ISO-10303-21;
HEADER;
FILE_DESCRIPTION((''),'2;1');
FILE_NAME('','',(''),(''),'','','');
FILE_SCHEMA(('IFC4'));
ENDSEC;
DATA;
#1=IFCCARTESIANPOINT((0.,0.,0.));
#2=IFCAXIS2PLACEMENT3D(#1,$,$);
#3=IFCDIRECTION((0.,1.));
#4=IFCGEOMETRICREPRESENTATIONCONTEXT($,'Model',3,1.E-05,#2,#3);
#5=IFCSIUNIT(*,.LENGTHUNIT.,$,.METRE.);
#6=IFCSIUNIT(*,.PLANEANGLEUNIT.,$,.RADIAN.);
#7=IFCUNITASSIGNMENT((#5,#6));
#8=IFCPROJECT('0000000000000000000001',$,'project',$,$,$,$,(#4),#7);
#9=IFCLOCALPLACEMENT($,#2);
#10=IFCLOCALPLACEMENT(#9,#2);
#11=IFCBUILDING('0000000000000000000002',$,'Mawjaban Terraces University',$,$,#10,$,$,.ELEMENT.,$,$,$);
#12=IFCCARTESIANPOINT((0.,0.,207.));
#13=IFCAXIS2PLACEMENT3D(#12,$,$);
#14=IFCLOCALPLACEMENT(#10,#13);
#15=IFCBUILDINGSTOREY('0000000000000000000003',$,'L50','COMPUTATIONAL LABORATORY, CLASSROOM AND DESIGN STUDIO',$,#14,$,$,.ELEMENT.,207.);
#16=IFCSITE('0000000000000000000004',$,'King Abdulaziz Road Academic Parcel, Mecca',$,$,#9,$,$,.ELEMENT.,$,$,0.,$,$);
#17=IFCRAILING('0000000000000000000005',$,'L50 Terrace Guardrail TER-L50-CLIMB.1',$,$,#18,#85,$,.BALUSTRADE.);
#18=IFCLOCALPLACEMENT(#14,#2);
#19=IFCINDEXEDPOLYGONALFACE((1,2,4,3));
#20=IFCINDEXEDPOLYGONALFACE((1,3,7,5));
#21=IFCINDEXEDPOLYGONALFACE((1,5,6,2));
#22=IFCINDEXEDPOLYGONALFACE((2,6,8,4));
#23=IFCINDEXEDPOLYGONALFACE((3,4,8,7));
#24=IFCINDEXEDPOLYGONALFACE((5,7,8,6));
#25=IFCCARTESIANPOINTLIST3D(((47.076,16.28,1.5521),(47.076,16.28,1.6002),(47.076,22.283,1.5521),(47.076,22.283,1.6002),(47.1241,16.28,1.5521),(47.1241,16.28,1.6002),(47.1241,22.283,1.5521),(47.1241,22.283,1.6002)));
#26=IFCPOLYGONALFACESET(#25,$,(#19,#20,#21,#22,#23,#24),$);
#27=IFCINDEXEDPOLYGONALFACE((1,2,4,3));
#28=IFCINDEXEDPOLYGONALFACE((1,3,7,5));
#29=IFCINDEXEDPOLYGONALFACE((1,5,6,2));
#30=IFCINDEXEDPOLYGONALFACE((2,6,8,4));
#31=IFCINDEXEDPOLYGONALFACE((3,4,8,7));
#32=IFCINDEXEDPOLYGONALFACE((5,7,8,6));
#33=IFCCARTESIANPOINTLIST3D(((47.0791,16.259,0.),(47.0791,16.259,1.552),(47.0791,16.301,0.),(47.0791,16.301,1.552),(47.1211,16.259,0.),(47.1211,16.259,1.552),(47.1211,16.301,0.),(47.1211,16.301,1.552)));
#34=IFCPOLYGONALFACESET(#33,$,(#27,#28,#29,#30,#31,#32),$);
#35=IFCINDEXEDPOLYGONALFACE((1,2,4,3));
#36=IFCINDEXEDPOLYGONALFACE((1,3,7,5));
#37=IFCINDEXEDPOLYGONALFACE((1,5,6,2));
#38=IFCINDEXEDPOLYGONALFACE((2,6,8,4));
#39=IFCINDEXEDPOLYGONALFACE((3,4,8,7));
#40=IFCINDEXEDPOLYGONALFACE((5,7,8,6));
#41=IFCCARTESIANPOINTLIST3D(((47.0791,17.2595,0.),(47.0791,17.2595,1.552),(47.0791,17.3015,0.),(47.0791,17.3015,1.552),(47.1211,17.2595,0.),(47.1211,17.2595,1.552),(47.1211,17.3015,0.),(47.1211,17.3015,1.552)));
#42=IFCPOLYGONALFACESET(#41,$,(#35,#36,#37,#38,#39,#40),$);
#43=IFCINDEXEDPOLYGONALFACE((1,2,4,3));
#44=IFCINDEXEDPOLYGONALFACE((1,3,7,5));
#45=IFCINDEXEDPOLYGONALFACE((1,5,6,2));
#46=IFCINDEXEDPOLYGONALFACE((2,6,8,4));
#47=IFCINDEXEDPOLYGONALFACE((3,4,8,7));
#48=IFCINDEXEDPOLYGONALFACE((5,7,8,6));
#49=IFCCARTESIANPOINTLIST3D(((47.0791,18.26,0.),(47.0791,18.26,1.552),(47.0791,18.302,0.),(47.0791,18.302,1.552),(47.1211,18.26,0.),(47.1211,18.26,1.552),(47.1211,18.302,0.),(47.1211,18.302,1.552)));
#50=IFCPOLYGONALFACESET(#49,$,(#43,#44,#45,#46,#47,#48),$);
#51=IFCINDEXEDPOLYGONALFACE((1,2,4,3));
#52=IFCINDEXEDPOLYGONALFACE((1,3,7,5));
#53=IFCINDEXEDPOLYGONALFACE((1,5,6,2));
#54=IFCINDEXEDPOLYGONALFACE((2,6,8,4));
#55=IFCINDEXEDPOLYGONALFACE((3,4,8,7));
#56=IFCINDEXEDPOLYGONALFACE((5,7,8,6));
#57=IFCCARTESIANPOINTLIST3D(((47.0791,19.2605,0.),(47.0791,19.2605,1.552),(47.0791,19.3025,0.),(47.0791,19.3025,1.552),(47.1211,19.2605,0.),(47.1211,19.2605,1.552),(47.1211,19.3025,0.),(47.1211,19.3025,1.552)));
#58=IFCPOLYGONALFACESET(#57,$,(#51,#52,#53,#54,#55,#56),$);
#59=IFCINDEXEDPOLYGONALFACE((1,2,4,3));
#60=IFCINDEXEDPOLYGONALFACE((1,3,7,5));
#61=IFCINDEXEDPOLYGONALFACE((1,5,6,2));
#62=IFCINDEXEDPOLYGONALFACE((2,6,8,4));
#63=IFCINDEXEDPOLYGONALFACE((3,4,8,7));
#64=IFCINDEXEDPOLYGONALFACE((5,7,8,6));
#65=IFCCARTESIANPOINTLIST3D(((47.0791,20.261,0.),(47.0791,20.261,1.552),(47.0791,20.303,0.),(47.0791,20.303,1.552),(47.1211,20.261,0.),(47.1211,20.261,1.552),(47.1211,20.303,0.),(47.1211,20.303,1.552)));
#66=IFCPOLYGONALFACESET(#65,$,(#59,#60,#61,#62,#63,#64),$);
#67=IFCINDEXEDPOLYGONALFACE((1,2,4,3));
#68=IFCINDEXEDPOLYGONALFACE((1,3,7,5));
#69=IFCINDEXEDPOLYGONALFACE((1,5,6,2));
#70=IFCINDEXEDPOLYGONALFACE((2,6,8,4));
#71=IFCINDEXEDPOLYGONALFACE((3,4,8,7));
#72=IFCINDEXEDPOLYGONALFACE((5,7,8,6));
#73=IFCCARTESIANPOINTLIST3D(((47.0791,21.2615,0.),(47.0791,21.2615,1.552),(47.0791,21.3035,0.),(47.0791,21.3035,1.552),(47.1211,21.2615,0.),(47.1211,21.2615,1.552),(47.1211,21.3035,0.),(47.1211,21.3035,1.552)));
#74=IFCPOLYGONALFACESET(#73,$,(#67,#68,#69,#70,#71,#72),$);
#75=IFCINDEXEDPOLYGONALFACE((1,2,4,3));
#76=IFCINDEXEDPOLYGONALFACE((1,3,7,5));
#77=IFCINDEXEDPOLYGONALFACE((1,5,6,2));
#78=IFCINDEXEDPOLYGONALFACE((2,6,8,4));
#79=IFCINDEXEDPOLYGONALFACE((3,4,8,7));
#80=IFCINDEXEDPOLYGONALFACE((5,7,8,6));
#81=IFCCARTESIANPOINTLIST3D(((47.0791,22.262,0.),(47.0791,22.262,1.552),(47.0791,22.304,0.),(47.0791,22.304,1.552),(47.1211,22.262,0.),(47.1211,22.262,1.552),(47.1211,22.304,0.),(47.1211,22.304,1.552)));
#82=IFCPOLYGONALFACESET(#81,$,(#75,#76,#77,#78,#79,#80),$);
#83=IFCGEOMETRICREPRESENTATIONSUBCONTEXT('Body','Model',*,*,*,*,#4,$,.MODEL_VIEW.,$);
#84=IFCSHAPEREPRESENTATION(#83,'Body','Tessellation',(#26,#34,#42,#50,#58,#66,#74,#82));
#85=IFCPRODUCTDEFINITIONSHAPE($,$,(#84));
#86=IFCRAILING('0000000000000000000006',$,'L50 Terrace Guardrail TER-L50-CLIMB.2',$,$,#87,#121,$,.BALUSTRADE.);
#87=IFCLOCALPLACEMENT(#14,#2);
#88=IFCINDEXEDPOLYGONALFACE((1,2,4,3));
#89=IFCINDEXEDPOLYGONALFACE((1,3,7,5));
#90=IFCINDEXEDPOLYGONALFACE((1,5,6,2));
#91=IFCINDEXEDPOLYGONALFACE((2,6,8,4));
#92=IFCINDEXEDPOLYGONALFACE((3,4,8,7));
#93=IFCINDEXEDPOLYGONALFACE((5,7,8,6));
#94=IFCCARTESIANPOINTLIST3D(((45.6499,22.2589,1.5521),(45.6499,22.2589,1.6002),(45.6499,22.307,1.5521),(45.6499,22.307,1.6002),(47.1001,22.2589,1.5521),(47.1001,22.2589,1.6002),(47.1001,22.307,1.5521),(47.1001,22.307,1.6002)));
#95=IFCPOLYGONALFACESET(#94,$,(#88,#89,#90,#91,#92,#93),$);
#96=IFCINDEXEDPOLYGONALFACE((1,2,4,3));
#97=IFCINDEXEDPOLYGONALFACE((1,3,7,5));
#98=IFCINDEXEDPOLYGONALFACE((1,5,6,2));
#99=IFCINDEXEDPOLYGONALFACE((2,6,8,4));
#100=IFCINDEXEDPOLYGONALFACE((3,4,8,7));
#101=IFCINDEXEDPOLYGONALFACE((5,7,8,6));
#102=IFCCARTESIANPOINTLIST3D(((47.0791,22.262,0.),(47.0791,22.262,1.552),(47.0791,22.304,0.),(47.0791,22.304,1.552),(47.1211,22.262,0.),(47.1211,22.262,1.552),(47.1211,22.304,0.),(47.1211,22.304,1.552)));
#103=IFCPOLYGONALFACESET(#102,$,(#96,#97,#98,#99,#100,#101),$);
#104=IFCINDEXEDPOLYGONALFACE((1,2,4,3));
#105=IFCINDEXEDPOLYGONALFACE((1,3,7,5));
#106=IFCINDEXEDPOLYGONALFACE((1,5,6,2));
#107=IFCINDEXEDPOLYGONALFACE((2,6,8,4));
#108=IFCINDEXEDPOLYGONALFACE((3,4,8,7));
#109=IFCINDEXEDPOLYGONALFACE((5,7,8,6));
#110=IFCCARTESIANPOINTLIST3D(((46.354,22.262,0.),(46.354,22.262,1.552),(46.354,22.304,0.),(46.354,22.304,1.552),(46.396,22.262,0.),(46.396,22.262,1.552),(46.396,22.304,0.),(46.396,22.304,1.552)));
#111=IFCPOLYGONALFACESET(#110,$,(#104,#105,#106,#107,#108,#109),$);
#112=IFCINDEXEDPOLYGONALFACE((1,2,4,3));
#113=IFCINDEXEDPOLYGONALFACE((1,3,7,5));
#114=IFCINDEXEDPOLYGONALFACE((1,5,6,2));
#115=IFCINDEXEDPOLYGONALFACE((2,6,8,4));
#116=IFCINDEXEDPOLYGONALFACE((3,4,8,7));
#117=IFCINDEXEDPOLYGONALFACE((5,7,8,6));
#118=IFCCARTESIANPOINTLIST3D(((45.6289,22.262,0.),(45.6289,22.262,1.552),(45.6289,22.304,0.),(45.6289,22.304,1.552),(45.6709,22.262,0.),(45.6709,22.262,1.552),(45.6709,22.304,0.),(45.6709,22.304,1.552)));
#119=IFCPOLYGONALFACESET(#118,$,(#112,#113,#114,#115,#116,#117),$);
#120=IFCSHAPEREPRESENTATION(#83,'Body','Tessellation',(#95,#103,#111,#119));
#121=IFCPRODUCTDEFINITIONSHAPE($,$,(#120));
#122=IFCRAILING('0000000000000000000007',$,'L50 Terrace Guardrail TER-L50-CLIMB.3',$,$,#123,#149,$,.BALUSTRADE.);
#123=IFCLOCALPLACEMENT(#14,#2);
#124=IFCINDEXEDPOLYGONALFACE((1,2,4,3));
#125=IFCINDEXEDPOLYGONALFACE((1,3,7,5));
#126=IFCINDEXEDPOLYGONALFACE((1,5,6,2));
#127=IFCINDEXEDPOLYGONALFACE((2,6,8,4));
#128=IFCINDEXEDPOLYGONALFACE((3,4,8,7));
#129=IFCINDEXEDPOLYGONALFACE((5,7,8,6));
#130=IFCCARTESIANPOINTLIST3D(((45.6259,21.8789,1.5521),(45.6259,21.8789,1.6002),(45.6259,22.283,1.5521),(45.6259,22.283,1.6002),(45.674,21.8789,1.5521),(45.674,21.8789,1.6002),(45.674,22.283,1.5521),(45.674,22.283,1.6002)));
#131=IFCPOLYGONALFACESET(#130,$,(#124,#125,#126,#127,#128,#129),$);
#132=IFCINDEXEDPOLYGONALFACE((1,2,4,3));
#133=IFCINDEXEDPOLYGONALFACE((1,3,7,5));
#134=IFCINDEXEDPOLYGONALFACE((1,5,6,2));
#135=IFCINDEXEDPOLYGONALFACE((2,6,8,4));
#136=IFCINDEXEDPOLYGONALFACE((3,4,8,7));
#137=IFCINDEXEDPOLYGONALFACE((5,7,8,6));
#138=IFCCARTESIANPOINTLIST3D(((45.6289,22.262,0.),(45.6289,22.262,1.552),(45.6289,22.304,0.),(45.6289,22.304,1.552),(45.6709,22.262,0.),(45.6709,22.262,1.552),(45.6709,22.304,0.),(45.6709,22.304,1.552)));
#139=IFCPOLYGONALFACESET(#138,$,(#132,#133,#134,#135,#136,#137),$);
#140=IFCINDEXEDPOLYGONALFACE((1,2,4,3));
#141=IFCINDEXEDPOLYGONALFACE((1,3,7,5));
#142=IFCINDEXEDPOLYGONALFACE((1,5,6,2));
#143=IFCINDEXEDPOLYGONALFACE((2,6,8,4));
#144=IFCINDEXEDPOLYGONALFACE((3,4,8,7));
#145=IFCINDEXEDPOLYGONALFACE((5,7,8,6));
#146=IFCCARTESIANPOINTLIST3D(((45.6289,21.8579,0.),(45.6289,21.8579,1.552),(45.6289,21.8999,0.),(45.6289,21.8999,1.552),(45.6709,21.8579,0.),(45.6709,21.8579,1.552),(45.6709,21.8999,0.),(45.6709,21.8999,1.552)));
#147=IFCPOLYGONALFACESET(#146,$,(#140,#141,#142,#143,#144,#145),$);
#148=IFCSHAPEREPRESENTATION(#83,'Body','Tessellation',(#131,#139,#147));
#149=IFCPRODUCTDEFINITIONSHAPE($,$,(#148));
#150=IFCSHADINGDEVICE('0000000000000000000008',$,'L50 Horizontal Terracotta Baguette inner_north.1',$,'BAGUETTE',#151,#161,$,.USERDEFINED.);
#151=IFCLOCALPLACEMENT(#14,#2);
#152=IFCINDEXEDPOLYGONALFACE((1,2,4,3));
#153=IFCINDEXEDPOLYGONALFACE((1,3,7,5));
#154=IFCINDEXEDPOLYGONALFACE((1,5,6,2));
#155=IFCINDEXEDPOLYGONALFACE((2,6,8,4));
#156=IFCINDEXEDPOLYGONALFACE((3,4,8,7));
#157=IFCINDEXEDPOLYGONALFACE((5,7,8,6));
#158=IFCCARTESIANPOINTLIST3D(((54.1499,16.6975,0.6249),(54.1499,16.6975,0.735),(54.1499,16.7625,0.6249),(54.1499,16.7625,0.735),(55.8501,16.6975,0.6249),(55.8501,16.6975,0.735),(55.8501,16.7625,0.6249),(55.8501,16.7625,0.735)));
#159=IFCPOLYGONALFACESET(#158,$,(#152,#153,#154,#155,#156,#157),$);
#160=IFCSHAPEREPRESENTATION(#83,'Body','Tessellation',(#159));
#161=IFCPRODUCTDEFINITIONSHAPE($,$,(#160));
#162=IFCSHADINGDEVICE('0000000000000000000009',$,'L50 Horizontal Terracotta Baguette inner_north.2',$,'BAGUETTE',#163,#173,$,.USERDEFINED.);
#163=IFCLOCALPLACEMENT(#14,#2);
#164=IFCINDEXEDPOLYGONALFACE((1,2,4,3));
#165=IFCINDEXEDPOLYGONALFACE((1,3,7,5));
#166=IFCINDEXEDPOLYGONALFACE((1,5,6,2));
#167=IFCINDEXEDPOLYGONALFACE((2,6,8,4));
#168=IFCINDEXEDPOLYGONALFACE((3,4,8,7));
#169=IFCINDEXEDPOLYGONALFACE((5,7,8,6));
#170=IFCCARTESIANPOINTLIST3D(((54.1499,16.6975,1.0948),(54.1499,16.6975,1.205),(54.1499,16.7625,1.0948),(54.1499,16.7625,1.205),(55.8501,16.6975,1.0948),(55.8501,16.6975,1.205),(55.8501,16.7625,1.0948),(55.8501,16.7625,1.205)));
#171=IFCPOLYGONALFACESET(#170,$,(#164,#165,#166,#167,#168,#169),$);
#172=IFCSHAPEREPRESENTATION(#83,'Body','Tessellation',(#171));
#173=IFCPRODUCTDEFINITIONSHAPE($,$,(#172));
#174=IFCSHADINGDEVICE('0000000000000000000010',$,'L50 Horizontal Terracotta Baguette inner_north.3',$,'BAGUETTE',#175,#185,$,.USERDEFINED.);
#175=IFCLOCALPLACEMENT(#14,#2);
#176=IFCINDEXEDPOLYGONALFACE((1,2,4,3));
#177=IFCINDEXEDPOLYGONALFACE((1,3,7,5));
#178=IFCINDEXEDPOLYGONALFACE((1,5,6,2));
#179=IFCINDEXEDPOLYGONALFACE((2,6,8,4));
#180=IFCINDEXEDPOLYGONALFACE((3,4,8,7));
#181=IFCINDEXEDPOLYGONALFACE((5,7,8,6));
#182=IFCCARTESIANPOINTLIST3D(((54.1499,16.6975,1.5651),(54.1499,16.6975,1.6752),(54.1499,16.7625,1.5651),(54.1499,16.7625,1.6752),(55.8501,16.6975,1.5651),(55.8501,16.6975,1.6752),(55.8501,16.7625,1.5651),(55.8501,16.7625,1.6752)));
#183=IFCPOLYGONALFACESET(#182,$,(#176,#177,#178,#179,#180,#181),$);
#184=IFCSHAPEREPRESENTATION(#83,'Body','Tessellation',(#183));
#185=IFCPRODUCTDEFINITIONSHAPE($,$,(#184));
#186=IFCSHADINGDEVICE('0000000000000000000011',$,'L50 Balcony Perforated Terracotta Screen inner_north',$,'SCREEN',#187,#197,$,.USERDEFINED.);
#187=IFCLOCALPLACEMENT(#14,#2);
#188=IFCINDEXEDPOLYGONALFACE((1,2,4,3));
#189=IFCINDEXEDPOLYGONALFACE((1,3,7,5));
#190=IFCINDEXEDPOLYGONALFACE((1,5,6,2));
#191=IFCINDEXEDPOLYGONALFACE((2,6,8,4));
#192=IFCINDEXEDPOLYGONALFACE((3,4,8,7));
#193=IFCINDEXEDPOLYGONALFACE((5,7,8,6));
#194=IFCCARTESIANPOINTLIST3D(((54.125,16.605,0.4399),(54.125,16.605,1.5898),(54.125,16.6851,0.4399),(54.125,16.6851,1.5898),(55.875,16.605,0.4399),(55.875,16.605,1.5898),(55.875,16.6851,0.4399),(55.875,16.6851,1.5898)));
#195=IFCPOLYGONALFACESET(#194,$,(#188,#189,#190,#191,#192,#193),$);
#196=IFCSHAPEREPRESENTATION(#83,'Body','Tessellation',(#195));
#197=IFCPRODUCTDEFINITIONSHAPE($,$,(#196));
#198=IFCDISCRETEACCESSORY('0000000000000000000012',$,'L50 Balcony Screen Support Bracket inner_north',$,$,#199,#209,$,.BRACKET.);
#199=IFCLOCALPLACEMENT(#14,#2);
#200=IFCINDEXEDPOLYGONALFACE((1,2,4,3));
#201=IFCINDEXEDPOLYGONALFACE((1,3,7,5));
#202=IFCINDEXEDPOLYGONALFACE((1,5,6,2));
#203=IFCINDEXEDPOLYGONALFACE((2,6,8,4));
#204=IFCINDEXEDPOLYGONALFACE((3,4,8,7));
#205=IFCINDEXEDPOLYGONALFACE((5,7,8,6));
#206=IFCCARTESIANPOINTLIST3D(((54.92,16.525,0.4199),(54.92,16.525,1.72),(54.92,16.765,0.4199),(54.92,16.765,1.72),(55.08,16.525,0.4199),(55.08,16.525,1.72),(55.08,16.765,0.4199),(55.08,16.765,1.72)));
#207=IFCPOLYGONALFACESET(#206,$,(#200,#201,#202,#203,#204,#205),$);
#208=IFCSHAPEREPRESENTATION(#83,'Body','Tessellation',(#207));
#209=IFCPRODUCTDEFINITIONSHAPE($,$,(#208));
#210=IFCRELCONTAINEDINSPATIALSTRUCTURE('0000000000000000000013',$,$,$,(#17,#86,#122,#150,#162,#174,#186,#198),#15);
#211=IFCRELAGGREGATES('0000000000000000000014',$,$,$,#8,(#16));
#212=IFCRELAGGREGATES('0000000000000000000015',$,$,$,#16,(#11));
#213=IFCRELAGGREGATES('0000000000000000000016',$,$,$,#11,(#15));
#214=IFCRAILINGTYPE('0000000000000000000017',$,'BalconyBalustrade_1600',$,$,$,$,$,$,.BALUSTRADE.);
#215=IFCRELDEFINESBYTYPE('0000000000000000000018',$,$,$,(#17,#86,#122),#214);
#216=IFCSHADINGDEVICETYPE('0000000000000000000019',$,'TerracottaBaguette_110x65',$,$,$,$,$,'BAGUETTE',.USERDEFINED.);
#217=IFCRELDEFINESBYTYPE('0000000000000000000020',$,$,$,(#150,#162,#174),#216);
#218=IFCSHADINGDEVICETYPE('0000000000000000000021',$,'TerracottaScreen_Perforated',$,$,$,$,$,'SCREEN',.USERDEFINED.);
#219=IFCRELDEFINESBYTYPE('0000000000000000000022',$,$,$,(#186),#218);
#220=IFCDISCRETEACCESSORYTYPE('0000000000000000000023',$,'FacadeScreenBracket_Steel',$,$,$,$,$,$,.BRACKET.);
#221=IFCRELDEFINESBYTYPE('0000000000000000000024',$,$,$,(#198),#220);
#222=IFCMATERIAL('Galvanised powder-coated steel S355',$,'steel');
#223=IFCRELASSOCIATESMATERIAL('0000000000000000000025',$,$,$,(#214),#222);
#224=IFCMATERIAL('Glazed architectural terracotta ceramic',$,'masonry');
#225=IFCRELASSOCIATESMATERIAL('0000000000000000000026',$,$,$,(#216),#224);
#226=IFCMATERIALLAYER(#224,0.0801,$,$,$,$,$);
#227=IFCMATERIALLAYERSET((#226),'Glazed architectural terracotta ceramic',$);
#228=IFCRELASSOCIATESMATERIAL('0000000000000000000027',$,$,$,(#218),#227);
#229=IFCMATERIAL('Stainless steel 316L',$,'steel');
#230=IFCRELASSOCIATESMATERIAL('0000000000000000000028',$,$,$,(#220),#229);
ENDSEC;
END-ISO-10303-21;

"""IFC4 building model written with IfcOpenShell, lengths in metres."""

from ifc_helpers import new_model, si_unit, direction, frame, origin, origin_2d, place, context, subcontext, project, spatial, rectangle, extrude, material, layer, layer_set, material_profile, profile_set, type_object, element, save


model = new_model("IFC4")

# Units and contexts
model_context = context("Model", 3, precision=1e-05, world=origin(), true_north=direction((0.0, 1.0)))
body_context = subcontext(model_context, "Body", "Model", "MODEL_VIEW")
ifc_project = project(units=[si_unit("LENGTHUNIT", "METRE"), si_unit("PLANEANGLEUNIT", "RADIAN")], contexts=[model_context])

# Site, building, storey
site_placement = place(None, origin())
site = spatial("IfcSite", under=ifc_project, at=site_placement, Name="King Abdulaziz Road Academic Parcel, Mecca", CompositionType="ELEMENT", RefElevation=0.0)
building_placement = place(site_placement, origin())
building = spatial("IfcBuilding", under=site, at=building_placement, Name="Mawjaban Terraces University", CompositionType="ELEMENT")
storey_placement = place(building_placement, frame((0.0, 0.0, 207.0)))
storey = spatial("IfcBuildingStorey", under=building, at=storey_placement, Name="L50", Description="COMPUTATIONAL LABORATORY, CLASSROOM AND DESIGN STUDIO", CompositionType="ELEMENT", Elevation=207.0)

# Railings
ifc_material_1 = material(Name="Galvanised powder-coated steel S355", Category="steel")
railing_type = type_object("IfcRailingType", Name="BalconyBalustrade_1600", PredefinedType="BALUSTRADE", material=ifc_material_1)
railing_1_placement = place(storey_placement, frame((47.1001, 16.28, 0.0)))
element("IfcRailing", 1, at=railing_1_placement, inside=storey, type_object=railing_type, Name="L50 Terrace Guardrail TER-L50-CLIMB.1", PredefinedType="BALUSTRADE", context=body_context, shape_type="SweptSolid", body=[
    extrude(rectangle(XDim=0.0481, YDim=0.0481, at=origin_2d()), frame((0.0, 0.0, 1.5762), z_axis=(0.0, 1.0, 0.0), x_axis=(-1.0, 0.0, 0.0)), (0.0, 0.0, 1.0), 6.0029),
    extrude(rectangle(XDim=0.042, YDim=0.042, at=origin_2d()), origin(), (0.0, 0.0, 1.0), 1.552),
    extrude(rectangle(XDim=0.042, YDim=0.042, at=origin_2d()), frame((0.0, 1.0005, 0.0)), (0.0, 0.0, 1.0), 1.552),
    extrude(rectangle(XDim=0.042, YDim=0.042, at=origin_2d()), frame((0.0, 2.001, 0.0)), (0.0, 0.0, 1.0), 1.552),
    extrude(rectangle(XDim=0.042, YDim=0.042, at=origin_2d()), frame((0.0, 3.0015, 0.0)), (0.0, 0.0, 1.0), 1.552),
    extrude(rectangle(XDim=0.042, YDim=0.042, at=origin_2d()), frame((0.0, 4.002, 0.0)), (0.0, 0.0, 1.0), 1.552),
    extrude(rectangle(XDim=0.042, YDim=0.042, at=origin_2d()), frame((0.0, 5.0024, 0.0)), (0.0, 0.0, 1.0), 1.552),
    extrude(rectangle(XDim=0.042, YDim=0.042, at=origin_2d()), frame((0.0, 6.0029, 0.0)), (0.0, 0.0, 1.0), 1.552),
])
railing_2_placement = place(storey_placement, frame((47.1001, 22.283, 0.0)))
element("IfcRailing", 2, at=railing_2_placement, inside=storey, type_object=railing_type, Name="L50 Terrace Guardrail TER-L50-CLIMB.2", PredefinedType="BALUSTRADE", context=body_context, shape_type="SweptSolid", body=[
    extrude(rectangle(XDim=0.0481, YDim=0.0481, at=origin_2d()), frame((0.0, 0.0, 1.5762), z_axis=(-1.0, 0.0, 0.0), x_axis=(0.0, -1.0, 0.0)), (0.0, 0.0, 1.0), 1.4502),
    extrude(rectangle(XDim=0.042, YDim=0.042, at=origin_2d()), origin(), (0.0, 0.0, 1.0), 1.552),
    extrude(rectangle(XDim=0.042, YDim=0.042, at=origin_2d()), frame((-0.7251, 0.0, 0.0)), (0.0, 0.0, 1.0), 1.552),
    extrude(rectangle(XDim=0.042, YDim=0.042, at=origin_2d()), frame((-1.4502, 0.0, 0.0)), (0.0, 0.0, 1.0), 1.552),
])
railing_3_placement = place(storey_placement, frame((45.6499, 22.283, 0.0)))
element("IfcRailing", 3, at=railing_3_placement, inside=storey, type_object=railing_type, Name="L50 Terrace Guardrail TER-L50-CLIMB.3", PredefinedType="BALUSTRADE", context=body_context, shape_type="SweptSolid", body=[
    extrude(rectangle(XDim=0.0481, YDim=0.0481, at=origin_2d()), frame((0.0, 0.0, 1.5762), z_axis=(0.0, -1.0, 0.0), x_axis=(1.0, 0.0, 0.0)), (0.0, 0.0, 1.0), 0.4041),
    extrude(rectangle(XDim=0.042, YDim=0.042, at=origin_2d()), origin(), (0.0, 0.0, 1.0), 1.552),
    extrude(rectangle(XDim=0.042, YDim=0.042, at=origin_2d()), frame((0.0, -0.4041, 0.0)), (0.0, 0.0, 1.0), 1.552),
])

# Shading devices
ifc_material_2 = material(Name="Glazed architectural terracotta ceramic", Category="masonry")
ifc_material_profile_1 = material_profile(ifc_material_2, rectangle(XDim=0.0649, YDim=0.1101, at=origin_2d()), Name="TBAG110X65")
ifc_profile_set_1 = profile_set([ifc_material_profile_1], Name="Glazed architectural terracotta ceramic")
shading_device_type_1 = type_object("IfcShadingDeviceType", Name="TerracottaBaguette_110x65", ElementType="BAGUETTE", PredefinedType="USERDEFINED", material=ifc_profile_set_1)
for number, where, z_axis, x_axis, name in (
    (4, (54.1499, 16.73, 0.6799), (1.0, 0.0, 0.0), (0.0, 1.0, 0.0), "L50 Horizontal Terracotta Baguette inner_north.1"),
    (5, (54.1499, 16.73, 1.1499), (1.0, 0.0, 0.0), (0.0, 1.0, 0.0), "L50 Horizontal Terracotta Baguette inner_north.2"),
    (6, (54.1499, 16.73, 1.6201), (1.0, 0.0, 0.0), (0.0, 1.0, 0.0), "L50 Horizontal Terracotta Baguette inner_north.3"),
):
    element("IfcShadingDevice", number, at=place(storey_placement, frame(where, z_axis=z_axis, x_axis=x_axis)), inside=storey, type_object=shading_device_type_1, Name=name, ObjectType="BAGUETTE", PredefinedType="USERDEFINED", context=body_context, shape_type="SweptSolid", body=[
        extrude(rectangle(XDim=0.0649, YDim=0.1101, at=origin_2d()), origin(), (0.0, 0.0, 1.0), 1.7002),
    ])
ifc_layer_1 = layer(ifc_material_2, 0.0801)
ifc_layer_set_1 = layer_set([ifc_layer_1], Name="Glazed architectural terracotta ceramic")
shading_device_type_2 = type_object("IfcShadingDeviceType", Name="TerracottaScreen_Perforated", ElementType="SCREEN", PredefinedType="USERDEFINED", material=ifc_layer_set_1)
shading_device_placement = place(storey_placement, frame((55.0, 16.645, 0.4399), z_axis=(0.0, 0.0, 1.0), x_axis=(1.0, 0.0, 0.0)))
element("IfcShadingDevice", 7, at=shading_device_placement, inside=storey, type_object=shading_device_type_2, Name="L50 Balcony Perforated Terracotta Screen inner_north", ObjectType="SCREEN", PredefinedType="USERDEFINED", context=body_context, shape_type="SweptSolid", body=[
    extrude(rectangle(XDim=1.75, YDim=0.0801, at=origin_2d()), origin(), (0.0, 0.0, 1.0), 1.1499),
])

# Discrete accessory
ifc_material_3 = material(Name="Stainless steel 316L", Category="steel")
discrete_accessory_type_1 = type_object("IfcDiscreteAccessoryType", Name="FacadeScreenBracket_Steel", PredefinedType="BRACKET", material=ifc_material_3)
discrete_accessory_1_placement = place(storey_placement, frame((55.0, 16.645, 0.4199), z_axis=(0.0, 0.0, 1.0), x_axis=(1.0, 0.0, 0.0)))
element("IfcDiscreteAccessory", 8, at=discrete_accessory_1_placement, inside=storey, type_object=discrete_accessory_type_1, Name="L50 Balcony Screen Support Bracket inner_north", PredefinedType="BRACKET", context=body_context, shape_type="SweptSolid", body=[
    extrude(rectangle(XDim=0.1599, YDim=0.24, at=origin_2d()), origin(), (0.0, 0.0, 1.0), 1.3),
])

save(model, "model.ifc")
